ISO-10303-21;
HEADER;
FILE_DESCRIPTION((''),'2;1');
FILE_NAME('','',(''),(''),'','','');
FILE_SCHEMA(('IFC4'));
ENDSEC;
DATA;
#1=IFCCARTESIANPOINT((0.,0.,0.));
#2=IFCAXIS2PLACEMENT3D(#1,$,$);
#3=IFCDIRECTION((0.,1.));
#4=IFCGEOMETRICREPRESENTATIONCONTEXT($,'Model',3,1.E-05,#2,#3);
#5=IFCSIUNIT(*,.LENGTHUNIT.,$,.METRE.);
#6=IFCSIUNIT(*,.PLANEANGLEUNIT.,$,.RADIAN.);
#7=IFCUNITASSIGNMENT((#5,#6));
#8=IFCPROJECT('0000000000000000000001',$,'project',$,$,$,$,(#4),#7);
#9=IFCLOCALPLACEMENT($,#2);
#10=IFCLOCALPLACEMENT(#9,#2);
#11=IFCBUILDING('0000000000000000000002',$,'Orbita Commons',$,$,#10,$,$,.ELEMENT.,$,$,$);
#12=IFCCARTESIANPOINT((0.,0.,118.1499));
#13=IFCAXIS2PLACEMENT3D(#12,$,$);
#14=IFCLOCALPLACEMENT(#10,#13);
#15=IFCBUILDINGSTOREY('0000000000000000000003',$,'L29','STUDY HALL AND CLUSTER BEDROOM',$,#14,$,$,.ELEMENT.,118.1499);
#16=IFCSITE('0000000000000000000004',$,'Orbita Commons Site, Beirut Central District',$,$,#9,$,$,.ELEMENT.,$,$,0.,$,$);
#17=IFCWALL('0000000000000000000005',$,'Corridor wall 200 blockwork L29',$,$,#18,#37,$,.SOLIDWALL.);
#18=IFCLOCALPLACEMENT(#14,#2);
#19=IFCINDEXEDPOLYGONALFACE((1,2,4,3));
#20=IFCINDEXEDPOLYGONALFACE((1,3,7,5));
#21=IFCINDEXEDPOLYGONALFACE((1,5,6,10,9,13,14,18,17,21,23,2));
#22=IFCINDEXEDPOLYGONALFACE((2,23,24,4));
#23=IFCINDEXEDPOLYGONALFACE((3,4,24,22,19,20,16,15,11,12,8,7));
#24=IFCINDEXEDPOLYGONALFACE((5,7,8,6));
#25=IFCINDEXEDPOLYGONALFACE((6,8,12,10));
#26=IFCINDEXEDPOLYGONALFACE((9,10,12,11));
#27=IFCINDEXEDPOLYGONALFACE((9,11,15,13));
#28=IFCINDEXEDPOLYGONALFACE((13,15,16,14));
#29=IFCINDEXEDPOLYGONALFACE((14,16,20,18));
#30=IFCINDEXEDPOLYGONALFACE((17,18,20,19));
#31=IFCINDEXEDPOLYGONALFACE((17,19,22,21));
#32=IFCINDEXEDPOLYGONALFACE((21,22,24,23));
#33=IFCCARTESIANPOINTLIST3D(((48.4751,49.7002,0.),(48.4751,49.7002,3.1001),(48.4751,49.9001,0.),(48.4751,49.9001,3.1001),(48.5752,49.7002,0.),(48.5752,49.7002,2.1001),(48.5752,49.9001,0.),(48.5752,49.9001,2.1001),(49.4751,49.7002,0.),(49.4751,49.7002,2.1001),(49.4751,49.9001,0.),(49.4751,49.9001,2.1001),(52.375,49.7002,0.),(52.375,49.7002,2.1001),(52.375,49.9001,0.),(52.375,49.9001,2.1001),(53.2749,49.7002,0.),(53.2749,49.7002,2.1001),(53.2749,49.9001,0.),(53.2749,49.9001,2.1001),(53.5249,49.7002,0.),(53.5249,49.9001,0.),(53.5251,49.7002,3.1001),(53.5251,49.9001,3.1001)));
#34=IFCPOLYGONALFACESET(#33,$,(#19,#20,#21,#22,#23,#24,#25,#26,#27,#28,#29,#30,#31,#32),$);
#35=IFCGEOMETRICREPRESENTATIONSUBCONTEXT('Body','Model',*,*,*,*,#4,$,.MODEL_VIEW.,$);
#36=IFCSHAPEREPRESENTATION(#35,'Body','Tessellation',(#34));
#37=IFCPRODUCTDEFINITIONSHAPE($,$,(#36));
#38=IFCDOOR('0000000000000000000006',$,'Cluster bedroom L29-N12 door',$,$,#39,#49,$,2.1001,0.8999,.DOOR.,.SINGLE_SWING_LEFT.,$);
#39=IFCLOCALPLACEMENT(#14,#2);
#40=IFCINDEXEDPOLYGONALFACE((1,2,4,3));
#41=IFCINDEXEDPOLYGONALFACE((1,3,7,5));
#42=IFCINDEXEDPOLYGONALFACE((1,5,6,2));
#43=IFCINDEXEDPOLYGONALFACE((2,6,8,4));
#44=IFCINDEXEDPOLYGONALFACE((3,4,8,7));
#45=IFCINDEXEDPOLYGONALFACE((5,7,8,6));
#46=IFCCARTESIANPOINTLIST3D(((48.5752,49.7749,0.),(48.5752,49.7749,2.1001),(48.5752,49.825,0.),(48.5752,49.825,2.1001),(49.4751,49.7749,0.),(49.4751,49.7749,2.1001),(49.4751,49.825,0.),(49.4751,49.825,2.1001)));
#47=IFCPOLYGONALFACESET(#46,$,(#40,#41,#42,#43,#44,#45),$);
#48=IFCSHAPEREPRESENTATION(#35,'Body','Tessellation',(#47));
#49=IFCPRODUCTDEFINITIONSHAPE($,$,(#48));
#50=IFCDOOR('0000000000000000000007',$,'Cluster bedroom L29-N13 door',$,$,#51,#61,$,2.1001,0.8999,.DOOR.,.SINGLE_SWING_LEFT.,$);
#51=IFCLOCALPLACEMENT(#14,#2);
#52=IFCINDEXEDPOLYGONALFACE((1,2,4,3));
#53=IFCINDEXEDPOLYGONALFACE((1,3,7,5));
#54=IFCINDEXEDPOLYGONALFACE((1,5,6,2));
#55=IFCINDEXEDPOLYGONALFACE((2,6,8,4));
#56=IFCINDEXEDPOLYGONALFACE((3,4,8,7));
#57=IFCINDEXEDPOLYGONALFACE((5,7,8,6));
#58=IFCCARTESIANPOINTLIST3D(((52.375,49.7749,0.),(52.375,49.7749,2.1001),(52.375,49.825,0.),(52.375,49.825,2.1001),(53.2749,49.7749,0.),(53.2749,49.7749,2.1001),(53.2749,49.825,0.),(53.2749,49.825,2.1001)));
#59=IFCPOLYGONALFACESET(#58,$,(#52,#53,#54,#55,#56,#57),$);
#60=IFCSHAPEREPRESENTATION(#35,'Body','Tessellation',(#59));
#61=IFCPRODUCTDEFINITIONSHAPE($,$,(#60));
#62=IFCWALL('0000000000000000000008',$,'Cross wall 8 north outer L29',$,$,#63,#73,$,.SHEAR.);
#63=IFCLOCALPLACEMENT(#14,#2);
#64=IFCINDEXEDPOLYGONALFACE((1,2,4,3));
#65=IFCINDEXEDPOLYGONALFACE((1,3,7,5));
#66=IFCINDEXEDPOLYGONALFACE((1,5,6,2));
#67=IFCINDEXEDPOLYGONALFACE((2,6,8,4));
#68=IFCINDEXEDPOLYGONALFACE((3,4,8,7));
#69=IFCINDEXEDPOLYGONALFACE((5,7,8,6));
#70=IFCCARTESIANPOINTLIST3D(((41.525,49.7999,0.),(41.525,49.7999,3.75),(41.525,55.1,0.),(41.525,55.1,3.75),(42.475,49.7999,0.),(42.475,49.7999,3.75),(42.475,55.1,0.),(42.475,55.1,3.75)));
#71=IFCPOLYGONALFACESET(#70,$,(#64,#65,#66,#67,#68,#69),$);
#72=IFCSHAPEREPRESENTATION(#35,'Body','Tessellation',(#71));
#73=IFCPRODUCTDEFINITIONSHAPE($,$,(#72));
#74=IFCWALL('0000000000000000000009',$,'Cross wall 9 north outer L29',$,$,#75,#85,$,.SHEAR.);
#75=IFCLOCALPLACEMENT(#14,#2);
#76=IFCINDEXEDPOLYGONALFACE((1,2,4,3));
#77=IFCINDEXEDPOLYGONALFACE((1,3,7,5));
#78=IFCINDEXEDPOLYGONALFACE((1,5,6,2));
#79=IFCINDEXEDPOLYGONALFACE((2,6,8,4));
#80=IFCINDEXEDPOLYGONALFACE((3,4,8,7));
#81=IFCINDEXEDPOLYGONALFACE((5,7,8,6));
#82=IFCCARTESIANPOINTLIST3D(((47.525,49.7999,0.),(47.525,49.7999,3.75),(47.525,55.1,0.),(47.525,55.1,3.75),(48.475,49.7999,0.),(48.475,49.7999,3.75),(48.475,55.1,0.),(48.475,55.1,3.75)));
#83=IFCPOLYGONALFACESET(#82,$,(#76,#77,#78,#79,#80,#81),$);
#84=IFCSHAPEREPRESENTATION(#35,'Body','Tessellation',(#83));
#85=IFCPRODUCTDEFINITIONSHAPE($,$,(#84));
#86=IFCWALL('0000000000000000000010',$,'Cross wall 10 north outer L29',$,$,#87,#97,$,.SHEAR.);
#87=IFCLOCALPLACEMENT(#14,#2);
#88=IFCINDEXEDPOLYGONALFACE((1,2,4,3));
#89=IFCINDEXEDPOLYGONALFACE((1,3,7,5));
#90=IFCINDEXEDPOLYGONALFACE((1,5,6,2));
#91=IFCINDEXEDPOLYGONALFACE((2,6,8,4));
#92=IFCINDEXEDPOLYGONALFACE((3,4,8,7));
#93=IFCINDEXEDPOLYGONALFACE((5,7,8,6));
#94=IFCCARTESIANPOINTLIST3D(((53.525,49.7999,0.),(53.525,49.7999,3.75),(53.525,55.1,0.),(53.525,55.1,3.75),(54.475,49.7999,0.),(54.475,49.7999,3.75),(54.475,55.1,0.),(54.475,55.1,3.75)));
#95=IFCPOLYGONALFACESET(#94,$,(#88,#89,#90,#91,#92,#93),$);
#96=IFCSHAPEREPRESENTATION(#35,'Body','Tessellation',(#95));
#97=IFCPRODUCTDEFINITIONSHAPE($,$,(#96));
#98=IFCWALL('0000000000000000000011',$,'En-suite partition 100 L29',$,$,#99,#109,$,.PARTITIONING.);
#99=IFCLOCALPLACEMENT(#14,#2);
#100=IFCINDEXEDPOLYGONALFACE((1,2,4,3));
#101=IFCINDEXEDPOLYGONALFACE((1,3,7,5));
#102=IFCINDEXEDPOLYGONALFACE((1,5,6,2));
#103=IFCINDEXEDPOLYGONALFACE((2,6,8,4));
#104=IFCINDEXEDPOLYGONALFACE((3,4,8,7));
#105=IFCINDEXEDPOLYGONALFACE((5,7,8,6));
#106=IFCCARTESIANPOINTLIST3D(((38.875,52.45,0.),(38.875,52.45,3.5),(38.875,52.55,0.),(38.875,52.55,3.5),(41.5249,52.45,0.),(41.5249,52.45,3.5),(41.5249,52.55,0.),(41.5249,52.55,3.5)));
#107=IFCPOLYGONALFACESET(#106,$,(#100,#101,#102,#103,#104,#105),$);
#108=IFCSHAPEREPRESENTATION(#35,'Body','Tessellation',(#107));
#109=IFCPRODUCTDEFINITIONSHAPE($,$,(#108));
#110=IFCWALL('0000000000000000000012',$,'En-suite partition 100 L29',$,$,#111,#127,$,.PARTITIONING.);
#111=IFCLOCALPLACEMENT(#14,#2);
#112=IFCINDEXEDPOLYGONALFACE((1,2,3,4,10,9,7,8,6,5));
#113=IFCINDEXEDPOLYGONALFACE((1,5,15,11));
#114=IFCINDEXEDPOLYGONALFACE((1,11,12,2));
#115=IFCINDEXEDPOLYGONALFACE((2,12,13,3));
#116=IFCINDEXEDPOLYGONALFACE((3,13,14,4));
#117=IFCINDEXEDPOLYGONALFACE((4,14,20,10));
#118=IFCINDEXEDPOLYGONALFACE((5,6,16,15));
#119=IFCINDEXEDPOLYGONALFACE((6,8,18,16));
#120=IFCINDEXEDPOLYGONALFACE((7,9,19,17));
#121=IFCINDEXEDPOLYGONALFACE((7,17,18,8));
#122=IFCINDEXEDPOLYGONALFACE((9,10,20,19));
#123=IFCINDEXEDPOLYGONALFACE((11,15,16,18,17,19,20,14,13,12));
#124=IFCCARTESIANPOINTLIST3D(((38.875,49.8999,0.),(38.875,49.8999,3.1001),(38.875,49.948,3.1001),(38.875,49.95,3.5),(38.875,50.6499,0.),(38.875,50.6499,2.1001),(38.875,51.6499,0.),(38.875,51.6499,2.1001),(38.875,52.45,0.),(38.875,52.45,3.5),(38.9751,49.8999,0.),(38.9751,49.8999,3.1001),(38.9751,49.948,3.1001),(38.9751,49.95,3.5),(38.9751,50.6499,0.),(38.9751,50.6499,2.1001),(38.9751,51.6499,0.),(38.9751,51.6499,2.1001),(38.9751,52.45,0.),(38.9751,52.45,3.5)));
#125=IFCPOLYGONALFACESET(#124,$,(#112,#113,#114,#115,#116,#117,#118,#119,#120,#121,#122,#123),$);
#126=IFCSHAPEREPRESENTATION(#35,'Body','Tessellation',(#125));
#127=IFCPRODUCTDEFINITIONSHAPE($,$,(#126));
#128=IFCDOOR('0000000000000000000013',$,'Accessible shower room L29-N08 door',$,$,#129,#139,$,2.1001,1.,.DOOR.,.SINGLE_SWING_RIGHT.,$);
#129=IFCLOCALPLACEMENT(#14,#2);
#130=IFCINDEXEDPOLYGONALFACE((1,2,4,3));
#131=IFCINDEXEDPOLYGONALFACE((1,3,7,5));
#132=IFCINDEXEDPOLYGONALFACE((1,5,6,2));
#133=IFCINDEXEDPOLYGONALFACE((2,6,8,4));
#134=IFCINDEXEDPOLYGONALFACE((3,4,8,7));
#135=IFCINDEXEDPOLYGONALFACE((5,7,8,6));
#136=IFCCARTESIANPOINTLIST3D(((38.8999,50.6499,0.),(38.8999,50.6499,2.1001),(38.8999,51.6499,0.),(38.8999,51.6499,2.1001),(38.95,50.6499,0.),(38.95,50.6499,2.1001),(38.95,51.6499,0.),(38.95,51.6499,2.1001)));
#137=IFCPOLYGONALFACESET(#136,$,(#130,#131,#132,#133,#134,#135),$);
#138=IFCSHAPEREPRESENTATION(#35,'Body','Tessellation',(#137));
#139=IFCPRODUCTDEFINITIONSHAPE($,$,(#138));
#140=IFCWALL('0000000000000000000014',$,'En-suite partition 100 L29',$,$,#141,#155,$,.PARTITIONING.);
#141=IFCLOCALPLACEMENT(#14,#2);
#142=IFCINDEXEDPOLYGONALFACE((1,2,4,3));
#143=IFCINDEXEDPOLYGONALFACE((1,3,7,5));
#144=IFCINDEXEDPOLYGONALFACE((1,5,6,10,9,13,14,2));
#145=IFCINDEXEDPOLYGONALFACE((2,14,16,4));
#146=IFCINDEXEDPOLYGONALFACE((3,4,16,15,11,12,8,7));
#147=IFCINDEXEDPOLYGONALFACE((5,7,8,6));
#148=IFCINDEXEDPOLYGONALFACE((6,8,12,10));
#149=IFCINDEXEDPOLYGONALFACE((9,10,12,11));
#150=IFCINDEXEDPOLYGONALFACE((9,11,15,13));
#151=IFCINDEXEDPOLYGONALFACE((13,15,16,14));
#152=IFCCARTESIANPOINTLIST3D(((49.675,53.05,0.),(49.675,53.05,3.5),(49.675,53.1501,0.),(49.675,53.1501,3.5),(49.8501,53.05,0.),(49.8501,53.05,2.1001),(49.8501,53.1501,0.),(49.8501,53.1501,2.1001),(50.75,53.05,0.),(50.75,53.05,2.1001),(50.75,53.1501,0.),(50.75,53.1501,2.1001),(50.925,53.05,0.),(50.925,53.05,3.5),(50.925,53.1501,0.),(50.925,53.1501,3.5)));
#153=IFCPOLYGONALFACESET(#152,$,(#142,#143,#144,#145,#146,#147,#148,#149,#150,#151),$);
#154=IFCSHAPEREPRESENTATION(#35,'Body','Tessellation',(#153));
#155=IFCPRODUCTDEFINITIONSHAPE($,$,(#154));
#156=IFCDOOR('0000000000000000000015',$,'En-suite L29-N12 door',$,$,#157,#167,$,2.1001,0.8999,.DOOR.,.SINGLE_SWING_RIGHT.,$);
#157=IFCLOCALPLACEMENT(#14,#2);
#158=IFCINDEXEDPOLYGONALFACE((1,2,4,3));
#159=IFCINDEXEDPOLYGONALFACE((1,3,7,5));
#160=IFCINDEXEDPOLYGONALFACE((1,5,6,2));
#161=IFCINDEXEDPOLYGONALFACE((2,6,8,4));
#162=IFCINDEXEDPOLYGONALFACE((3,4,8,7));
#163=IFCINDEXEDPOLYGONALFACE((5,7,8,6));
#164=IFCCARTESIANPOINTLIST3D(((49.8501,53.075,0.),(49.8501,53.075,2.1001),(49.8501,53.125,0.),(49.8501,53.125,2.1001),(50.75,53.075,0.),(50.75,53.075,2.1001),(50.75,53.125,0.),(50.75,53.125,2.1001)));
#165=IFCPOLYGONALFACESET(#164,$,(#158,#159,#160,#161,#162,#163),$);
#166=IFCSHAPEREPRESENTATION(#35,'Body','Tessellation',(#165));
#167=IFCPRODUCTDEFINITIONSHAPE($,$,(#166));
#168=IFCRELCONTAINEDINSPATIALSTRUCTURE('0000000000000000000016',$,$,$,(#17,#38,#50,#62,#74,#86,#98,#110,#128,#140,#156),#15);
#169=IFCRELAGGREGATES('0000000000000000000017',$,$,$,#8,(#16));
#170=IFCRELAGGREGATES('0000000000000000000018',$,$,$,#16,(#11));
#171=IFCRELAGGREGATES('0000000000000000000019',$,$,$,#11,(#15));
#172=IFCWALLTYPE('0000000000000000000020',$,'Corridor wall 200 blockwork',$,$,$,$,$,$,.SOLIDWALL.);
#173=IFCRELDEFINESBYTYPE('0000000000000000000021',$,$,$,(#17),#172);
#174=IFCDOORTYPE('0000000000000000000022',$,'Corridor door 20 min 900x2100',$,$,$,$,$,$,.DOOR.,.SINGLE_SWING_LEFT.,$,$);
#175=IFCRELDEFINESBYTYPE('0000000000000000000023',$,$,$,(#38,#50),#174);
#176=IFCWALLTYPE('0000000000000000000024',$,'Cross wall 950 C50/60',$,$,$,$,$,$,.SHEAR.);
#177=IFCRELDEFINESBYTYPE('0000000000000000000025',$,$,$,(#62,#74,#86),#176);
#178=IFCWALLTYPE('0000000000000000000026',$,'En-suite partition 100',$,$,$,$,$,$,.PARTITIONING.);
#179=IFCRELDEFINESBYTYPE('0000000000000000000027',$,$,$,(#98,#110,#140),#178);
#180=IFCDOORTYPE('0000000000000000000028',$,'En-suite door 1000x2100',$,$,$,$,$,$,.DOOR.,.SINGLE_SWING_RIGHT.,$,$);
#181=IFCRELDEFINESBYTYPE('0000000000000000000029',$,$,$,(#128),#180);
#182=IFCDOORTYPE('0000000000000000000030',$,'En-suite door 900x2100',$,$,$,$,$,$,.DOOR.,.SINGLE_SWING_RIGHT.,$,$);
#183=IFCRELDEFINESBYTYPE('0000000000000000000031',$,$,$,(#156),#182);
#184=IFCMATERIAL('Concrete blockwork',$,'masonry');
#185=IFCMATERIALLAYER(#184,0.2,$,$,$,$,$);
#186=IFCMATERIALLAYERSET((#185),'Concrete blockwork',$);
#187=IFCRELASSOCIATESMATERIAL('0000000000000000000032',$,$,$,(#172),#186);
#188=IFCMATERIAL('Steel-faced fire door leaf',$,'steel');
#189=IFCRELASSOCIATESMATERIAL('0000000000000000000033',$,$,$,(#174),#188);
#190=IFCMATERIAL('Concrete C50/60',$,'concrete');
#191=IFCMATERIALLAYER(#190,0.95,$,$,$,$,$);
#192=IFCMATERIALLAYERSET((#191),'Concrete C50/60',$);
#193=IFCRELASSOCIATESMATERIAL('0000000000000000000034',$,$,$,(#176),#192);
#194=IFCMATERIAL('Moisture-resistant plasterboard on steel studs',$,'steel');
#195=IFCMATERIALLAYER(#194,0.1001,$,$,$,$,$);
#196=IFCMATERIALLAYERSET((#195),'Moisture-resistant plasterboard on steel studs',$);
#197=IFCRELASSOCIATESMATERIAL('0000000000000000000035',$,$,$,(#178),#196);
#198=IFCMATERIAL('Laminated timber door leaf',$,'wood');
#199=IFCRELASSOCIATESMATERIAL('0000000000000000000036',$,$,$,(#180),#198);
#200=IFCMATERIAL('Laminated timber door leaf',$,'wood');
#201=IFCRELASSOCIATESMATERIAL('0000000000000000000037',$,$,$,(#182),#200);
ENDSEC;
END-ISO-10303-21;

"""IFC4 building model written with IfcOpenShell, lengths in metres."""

from ifc_helpers import new_model, si_unit, direction, frame, frame_2d, origin, place, context, subcontext, project, spatial, polyline, rectangle, outline, extrude, material, layer, layer_set, type_object, element, fill, save


model = new_model("IFC4")

# Units and contexts
model_context = context("Model", 3, precision=1e-05, world=origin(), true_north=direction((0.0, 1.0)))
body_context = subcontext(model_context, "Body", "Model", "MODEL_VIEW")
ifc_project = project(units=[si_unit("LENGTHUNIT", "METRE"), si_unit("PLANEANGLEUNIT", "RADIAN")], contexts=[model_context])

# Site, building, storey
site_placement = place(None, origin())
site = spatial("IfcSite", under=ifc_project, at=site_placement, Name="Orbita Commons Site, Beirut Central District", CompositionType="ELEMENT", RefElevation=0.0)
building_placement = place(site_placement, origin())
building = spatial("IfcBuilding", under=site, at=building_placement, Name="Orbita Commons", CompositionType="ELEMENT")
storey_placement = place(building_placement, frame((0.0, 0.0, 118.1499)))
storey = spatial("IfcBuildingStorey", under=building, at=storey_placement, Name="L29", Description="STUDY HALL AND CLUSTER BEDROOM", CompositionType="ELEMENT", Elevation=118.1499)

# Shared definitions
ifc_material_1 = material(Name="Concrete blockwork", Category="masonry")
ifc_layer_1 = layer(ifc_material_1, 0.2)
ifc_layer_set_1 = layer_set([ifc_layer_1], Name="Concrete blockwork")
wall_type_1 = type_object("IfcWallType", Name="Corridor wall 200 blockwork", PredefinedType="SOLIDWALL", material=ifc_layer_set_1)

# Wall, openings, doors
wall_1_placement = place(storey_placement, frame((48.4751, 49.8, 0.0), z_axis=(0.0, 0.0, 1.0), x_axis=(1.0, 0.0, 0.0)))
wall_1 = element("IfcWall", 1, at=wall_1_placement, inside=storey, type_object=wall_type_1, Name="Corridor wall 200 blockwork L29", PredefinedType="SOLIDWALL", context=body_context, shape_type="SweptSolid", body=[
    extrude(outline(polyline([(0.0, 0.0), (5.0498, 0.0), (5.05, 3.1001), (0.0, 3.1001), (0.0, 0.0)])), frame((0.0, 0.1001, 0.0), z_axis=(0.0, -1.0, 0.0), x_axis=(1.0, 0.0, 0.0)), (0.0, 0.0, 1.0), 0.2),
])
opening_1_placement = place(wall_1_placement, frame((0.1001, 0.0, 0.0)))
opening_1 = element("IfcOpeningElement", 2, at=opening_1_placement, cuts=wall_1, PredefinedType="OPENING", context=body_context, shape_type="SweptSolid", body=[
    extrude(rectangle(XDim=0.8999, YDim=2.1001, at=frame_2d((0.45, 1.05))), frame((0.0, 0.1099, 0.0), z_axis=(0.0, -1.0, 0.0), x_axis=(1.0, 0.0, 0.0)), (0.0, 0.0, 1.0), 0.22),
])
opening_2_placement = place(wall_1_placement, frame((3.8999, 0.0, 0.0)))
opening_2 = element("IfcOpeningElement", 3, at=opening_2_placement, cuts=wall_1, PredefinedType="OPENING", context=body_context, shape_type="SweptSolid", body=[
    extrude(rectangle(XDim=0.8999, YDim=2.1001, at=frame_2d((0.45, 1.05))), frame((0.0, 0.1099, 0.0), z_axis=(0.0, -1.0, 0.0), x_axis=(1.0, 0.0, 0.0)), (0.0, 0.0, 1.0), 0.22),
])
ifc_material_2 = material(Name="Steel-faced fire door leaf", Category="steel")
door_type_1 = type_object("IfcDoorType", Name="Corridor door 20 min 900x2100", OperationType="SINGLE_SWING_LEFT", PredefinedType="DOOR", material=ifc_material_2)
door_1_placement = place(opening_1_placement, origin())
door_1 = element("IfcDoor", 4, at=door_1_placement, inside=storey, type_object=door_type_1, Name="Cluster bedroom L29-N12 door", OperationType="SINGLE_SWING_LEFT", OverallHeight=2.1001, OverallWidth=0.8999, PredefinedType="DOOR", context=body_context, shape_type="SweptSolid", body=[
    extrude(rectangle(XDim=0.8999, YDim=2.1001, at=frame_2d((0.45, 1.05))), frame((0.0, 0.0249, 0.0), z_axis=(0.0, -1.0, 0.0), x_axis=(1.0, 0.0, 0.0)), (0.0, 0.0, 1.0), 0.05),
])
fill(opening_1, door_1)
door_2_placement = place(opening_2_placement, origin())
door_2 = element("IfcDoor", 5, at=door_2_placement, inside=storey, type_object=door_type_1, Name="Cluster bedroom L29-N13 door", OperationType="SINGLE_SWING_LEFT", OverallHeight=2.1001, OverallWidth=0.8999, PredefinedType="DOOR", context=body_context, shape_type="SweptSolid", body=[
    extrude(rectangle(XDim=0.8999, YDim=2.1001, at=frame_2d((0.45, 1.05))), frame((0.0, 0.0249, 0.0), z_axis=(0.0, -1.0, 0.0), x_axis=(1.0, 0.0, 0.0)), (0.0, 0.0, 1.0), 0.05),
])
fill(opening_2, door_2)

# Walls
ifc_material_3 = material(Name="Concrete C50/60", Category="concrete")
ifc_layer_2 = layer(ifc_material_3, 0.95)
ifc_layer_set_2 = layer_set([ifc_layer_2], Name="Concrete C50/60")
wall_type_2 = type_object("IfcWallType", Name="Cross wall 950 C50/60", PredefinedType="SHEAR", material=ifc_layer_set_2)
for number, where, z_axis, x_axis, name in (
    (6, (42.0, 49.8, 0.0), (0.0, 0.0, 1.0), (0.0, 1.0, 0.0), "Cross wall 8 north outer L29"),
    (7, (48.0, 49.8, 0.0), (0.0, 0.0, 1.0), (0.0, 1.0, 0.0), "Cross wall 9 north outer L29"),
    (8, (54.0, 49.8, 0.0), (0.0, 0.0, 1.0), (0.0, 1.0, 0.0), "Cross wall 10 north outer L29"),
):
    element("IfcWall", number, at=place(storey_placement, frame(where, z_axis=z_axis, x_axis=x_axis)), inside=storey, type_object=wall_type_2, Name=name, PredefinedType="SHEAR", context=body_context, shape_type="SweptSolid", body=[
        extrude(rectangle(XDim=5.3, YDim=0.95, at=frame_2d((2.6499, 0.0))), origin(), (0.0, 0.0, 1.0), 3.75),
    ])
ifc_material_4 = material(Name="Moisture-resistant plasterboard on steel studs", Category="steel")
ifc_layer_3 = layer(ifc_material_4, 0.1001)
ifc_layer_set_3 = layer_set([ifc_layer_3], Name="Moisture-resistant plasterboard on steel studs")
wall_type_3 = type_object("IfcWallType", Name="En-suite partition 100", PredefinedType="PARTITIONING", material=ifc_layer_set_3)
wall_2_placement = place(storey_placement, frame((38.875, 52.5, 0.0), z_axis=(0.0, 0.0, 1.0), x_axis=(1.0, 0.0, 0.0)))
element("IfcWall", 9, at=wall_2_placement, inside=storey, type_object=wall_type_3, Name="En-suite partition 100 L29", PredefinedType="PARTITIONING", context=body_context, shape_type="SweptSolid", body=[
    extrude(rectangle(XDim=2.6499, YDim=0.1001, at=frame_2d((1.325, 0.0))), origin(), (0.0, 0.0, 1.0), 3.5),
])

# Walls, openings, doors
wall_3_placement = place(storey_placement, frame((38.925, 52.45, 0.0), z_axis=(0.0, 0.0, 1.0), x_axis=(0.0, -1.0, 0.0)))
wall_3 = element("IfcWall", 10, at=wall_3_placement, inside=storey, type_object=wall_type_3, Name="En-suite partition 100 L29", PredefinedType="PARTITIONING", context=body_context, shape_type="SweptSolid", body=[
    extrude(outline(polyline([(0.0, 0.0), (2.55, 0.0), (2.55, 3.1001), (2.502, 3.1001), (2.5, 3.5), (0.0, 3.5), (0.0, 0.0)])), frame((0.0, 0.05, 0.0), z_axis=(0.0, -1.0, 0.0), x_axis=(1.0, 0.0, 0.0)), (0.0, 0.0, 1.0), 0.1001),
])
opening_3_placement = place(wall_3_placement, frame((0.8, 0.0, 0.0)))
opening_3 = element("IfcOpeningElement", 11, at=opening_3_placement, cuts=wall_3, PredefinedType="OPENING", context=body_context, shape_type="SweptSolid", body=[
    extrude(rectangle(XDim=1.0, YDim=2.1001, at=frame_2d((0.5, 1.05))), frame((0.0, 0.0601, 0.0), z_axis=(0.0, -1.0, 0.0), x_axis=(1.0, 0.0, 0.0)), (0.0, 0.0, 1.0), 0.1201),
])
ifc_material_5 = material(Name="Laminated timber door leaf", Category="wood")
door_type_2 = type_object("IfcDoorType", Name="En-suite door 1000x2100", OperationType="SINGLE_SWING_RIGHT", PredefinedType="DOOR", material=ifc_material_5)
door_3_placement = place(opening_3_placement, origin())
door_3 = element("IfcDoor", 12, at=door_3_placement, inside=storey, type_object=door_type_2, Name="Accessible shower room L29-N08 door", OperationType="SINGLE_SWING_RIGHT", OverallHeight=2.1001, OverallWidth=1.0, PredefinedType="DOOR", context=body_context, shape_type="SweptSolid", body=[
    extrude(rectangle(XDim=1.0, YDim=2.1001, at=frame_2d((0.5, 1.05))), frame((0.0, 0.0249, 0.0), z_axis=(0.0, -1.0, 0.0), x_axis=(1.0, 0.0, 0.0)), (0.0, 0.0, 1.0), 0.05),
])
fill(opening_3, door_3)
wall_4_placement = place(storey_placement, frame((49.675, 53.1001, 0.0), z_axis=(0.0, 0.0, 1.0), x_axis=(1.0, 0.0, 0.0)))
wall_4 = element("IfcWall", 13, at=wall_4_placement, inside=storey, type_object=wall_type_3, Name="En-suite partition 100 L29", PredefinedType="PARTITIONING", context=body_context, shape_type="SweptSolid", body=[
    extrude(rectangle(XDim=1.25, YDim=0.1001, at=frame_2d((0.625, 0.0))), origin(), (0.0, 0.0, 1.0), 3.5),
])
opening_4_placement = place(wall_4_placement, frame((0.175, 0.0, 0.0)))
opening_4 = element("IfcOpeningElement", 14, at=opening_4_placement, cuts=wall_4, PredefinedType="OPENING", context=body_context, shape_type="SweptSolid", body=[
    extrude(rectangle(XDim=0.8999, YDim=2.1001, at=frame_2d((0.45, 1.05))), frame((0.0, 0.0601, 0.0), z_axis=(0.0, -1.0, 0.0), x_axis=(1.0, 0.0, 0.0)), (0.0, 0.0, 1.0), 0.1201),
])
ifc_material_6 = material(Name="Laminated timber door leaf", Category="wood")
door_type_3 = type_object("IfcDoorType", Name="En-suite door 900x2100", OperationType="SINGLE_SWING_RIGHT", PredefinedType="DOOR", material=ifc_material_6)
door_4_placement = place(opening_4_placement, origin())
door_4 = element("IfcDoor", 15, at=door_4_placement, inside=storey, type_object=door_type_3, Name="En-suite L29-N12 door", OperationType="SINGLE_SWING_RIGHT", OverallHeight=2.1001, OverallWidth=0.8999, PredefinedType="DOOR", context=body_context, shape_type="SweptSolid", body=[
    extrude(rectangle(XDim=0.8999, YDim=2.1001, at=frame_2d((0.45, 1.05))), frame((0.0, 0.0249, 0.0), z_axis=(0.0, -1.0, 0.0), x_axis=(1.0, 0.0, 0.0)), (0.0, 0.0, 1.0), 0.05),
])
fill(opening_4, door_4)

save(model, "model.ifc")
